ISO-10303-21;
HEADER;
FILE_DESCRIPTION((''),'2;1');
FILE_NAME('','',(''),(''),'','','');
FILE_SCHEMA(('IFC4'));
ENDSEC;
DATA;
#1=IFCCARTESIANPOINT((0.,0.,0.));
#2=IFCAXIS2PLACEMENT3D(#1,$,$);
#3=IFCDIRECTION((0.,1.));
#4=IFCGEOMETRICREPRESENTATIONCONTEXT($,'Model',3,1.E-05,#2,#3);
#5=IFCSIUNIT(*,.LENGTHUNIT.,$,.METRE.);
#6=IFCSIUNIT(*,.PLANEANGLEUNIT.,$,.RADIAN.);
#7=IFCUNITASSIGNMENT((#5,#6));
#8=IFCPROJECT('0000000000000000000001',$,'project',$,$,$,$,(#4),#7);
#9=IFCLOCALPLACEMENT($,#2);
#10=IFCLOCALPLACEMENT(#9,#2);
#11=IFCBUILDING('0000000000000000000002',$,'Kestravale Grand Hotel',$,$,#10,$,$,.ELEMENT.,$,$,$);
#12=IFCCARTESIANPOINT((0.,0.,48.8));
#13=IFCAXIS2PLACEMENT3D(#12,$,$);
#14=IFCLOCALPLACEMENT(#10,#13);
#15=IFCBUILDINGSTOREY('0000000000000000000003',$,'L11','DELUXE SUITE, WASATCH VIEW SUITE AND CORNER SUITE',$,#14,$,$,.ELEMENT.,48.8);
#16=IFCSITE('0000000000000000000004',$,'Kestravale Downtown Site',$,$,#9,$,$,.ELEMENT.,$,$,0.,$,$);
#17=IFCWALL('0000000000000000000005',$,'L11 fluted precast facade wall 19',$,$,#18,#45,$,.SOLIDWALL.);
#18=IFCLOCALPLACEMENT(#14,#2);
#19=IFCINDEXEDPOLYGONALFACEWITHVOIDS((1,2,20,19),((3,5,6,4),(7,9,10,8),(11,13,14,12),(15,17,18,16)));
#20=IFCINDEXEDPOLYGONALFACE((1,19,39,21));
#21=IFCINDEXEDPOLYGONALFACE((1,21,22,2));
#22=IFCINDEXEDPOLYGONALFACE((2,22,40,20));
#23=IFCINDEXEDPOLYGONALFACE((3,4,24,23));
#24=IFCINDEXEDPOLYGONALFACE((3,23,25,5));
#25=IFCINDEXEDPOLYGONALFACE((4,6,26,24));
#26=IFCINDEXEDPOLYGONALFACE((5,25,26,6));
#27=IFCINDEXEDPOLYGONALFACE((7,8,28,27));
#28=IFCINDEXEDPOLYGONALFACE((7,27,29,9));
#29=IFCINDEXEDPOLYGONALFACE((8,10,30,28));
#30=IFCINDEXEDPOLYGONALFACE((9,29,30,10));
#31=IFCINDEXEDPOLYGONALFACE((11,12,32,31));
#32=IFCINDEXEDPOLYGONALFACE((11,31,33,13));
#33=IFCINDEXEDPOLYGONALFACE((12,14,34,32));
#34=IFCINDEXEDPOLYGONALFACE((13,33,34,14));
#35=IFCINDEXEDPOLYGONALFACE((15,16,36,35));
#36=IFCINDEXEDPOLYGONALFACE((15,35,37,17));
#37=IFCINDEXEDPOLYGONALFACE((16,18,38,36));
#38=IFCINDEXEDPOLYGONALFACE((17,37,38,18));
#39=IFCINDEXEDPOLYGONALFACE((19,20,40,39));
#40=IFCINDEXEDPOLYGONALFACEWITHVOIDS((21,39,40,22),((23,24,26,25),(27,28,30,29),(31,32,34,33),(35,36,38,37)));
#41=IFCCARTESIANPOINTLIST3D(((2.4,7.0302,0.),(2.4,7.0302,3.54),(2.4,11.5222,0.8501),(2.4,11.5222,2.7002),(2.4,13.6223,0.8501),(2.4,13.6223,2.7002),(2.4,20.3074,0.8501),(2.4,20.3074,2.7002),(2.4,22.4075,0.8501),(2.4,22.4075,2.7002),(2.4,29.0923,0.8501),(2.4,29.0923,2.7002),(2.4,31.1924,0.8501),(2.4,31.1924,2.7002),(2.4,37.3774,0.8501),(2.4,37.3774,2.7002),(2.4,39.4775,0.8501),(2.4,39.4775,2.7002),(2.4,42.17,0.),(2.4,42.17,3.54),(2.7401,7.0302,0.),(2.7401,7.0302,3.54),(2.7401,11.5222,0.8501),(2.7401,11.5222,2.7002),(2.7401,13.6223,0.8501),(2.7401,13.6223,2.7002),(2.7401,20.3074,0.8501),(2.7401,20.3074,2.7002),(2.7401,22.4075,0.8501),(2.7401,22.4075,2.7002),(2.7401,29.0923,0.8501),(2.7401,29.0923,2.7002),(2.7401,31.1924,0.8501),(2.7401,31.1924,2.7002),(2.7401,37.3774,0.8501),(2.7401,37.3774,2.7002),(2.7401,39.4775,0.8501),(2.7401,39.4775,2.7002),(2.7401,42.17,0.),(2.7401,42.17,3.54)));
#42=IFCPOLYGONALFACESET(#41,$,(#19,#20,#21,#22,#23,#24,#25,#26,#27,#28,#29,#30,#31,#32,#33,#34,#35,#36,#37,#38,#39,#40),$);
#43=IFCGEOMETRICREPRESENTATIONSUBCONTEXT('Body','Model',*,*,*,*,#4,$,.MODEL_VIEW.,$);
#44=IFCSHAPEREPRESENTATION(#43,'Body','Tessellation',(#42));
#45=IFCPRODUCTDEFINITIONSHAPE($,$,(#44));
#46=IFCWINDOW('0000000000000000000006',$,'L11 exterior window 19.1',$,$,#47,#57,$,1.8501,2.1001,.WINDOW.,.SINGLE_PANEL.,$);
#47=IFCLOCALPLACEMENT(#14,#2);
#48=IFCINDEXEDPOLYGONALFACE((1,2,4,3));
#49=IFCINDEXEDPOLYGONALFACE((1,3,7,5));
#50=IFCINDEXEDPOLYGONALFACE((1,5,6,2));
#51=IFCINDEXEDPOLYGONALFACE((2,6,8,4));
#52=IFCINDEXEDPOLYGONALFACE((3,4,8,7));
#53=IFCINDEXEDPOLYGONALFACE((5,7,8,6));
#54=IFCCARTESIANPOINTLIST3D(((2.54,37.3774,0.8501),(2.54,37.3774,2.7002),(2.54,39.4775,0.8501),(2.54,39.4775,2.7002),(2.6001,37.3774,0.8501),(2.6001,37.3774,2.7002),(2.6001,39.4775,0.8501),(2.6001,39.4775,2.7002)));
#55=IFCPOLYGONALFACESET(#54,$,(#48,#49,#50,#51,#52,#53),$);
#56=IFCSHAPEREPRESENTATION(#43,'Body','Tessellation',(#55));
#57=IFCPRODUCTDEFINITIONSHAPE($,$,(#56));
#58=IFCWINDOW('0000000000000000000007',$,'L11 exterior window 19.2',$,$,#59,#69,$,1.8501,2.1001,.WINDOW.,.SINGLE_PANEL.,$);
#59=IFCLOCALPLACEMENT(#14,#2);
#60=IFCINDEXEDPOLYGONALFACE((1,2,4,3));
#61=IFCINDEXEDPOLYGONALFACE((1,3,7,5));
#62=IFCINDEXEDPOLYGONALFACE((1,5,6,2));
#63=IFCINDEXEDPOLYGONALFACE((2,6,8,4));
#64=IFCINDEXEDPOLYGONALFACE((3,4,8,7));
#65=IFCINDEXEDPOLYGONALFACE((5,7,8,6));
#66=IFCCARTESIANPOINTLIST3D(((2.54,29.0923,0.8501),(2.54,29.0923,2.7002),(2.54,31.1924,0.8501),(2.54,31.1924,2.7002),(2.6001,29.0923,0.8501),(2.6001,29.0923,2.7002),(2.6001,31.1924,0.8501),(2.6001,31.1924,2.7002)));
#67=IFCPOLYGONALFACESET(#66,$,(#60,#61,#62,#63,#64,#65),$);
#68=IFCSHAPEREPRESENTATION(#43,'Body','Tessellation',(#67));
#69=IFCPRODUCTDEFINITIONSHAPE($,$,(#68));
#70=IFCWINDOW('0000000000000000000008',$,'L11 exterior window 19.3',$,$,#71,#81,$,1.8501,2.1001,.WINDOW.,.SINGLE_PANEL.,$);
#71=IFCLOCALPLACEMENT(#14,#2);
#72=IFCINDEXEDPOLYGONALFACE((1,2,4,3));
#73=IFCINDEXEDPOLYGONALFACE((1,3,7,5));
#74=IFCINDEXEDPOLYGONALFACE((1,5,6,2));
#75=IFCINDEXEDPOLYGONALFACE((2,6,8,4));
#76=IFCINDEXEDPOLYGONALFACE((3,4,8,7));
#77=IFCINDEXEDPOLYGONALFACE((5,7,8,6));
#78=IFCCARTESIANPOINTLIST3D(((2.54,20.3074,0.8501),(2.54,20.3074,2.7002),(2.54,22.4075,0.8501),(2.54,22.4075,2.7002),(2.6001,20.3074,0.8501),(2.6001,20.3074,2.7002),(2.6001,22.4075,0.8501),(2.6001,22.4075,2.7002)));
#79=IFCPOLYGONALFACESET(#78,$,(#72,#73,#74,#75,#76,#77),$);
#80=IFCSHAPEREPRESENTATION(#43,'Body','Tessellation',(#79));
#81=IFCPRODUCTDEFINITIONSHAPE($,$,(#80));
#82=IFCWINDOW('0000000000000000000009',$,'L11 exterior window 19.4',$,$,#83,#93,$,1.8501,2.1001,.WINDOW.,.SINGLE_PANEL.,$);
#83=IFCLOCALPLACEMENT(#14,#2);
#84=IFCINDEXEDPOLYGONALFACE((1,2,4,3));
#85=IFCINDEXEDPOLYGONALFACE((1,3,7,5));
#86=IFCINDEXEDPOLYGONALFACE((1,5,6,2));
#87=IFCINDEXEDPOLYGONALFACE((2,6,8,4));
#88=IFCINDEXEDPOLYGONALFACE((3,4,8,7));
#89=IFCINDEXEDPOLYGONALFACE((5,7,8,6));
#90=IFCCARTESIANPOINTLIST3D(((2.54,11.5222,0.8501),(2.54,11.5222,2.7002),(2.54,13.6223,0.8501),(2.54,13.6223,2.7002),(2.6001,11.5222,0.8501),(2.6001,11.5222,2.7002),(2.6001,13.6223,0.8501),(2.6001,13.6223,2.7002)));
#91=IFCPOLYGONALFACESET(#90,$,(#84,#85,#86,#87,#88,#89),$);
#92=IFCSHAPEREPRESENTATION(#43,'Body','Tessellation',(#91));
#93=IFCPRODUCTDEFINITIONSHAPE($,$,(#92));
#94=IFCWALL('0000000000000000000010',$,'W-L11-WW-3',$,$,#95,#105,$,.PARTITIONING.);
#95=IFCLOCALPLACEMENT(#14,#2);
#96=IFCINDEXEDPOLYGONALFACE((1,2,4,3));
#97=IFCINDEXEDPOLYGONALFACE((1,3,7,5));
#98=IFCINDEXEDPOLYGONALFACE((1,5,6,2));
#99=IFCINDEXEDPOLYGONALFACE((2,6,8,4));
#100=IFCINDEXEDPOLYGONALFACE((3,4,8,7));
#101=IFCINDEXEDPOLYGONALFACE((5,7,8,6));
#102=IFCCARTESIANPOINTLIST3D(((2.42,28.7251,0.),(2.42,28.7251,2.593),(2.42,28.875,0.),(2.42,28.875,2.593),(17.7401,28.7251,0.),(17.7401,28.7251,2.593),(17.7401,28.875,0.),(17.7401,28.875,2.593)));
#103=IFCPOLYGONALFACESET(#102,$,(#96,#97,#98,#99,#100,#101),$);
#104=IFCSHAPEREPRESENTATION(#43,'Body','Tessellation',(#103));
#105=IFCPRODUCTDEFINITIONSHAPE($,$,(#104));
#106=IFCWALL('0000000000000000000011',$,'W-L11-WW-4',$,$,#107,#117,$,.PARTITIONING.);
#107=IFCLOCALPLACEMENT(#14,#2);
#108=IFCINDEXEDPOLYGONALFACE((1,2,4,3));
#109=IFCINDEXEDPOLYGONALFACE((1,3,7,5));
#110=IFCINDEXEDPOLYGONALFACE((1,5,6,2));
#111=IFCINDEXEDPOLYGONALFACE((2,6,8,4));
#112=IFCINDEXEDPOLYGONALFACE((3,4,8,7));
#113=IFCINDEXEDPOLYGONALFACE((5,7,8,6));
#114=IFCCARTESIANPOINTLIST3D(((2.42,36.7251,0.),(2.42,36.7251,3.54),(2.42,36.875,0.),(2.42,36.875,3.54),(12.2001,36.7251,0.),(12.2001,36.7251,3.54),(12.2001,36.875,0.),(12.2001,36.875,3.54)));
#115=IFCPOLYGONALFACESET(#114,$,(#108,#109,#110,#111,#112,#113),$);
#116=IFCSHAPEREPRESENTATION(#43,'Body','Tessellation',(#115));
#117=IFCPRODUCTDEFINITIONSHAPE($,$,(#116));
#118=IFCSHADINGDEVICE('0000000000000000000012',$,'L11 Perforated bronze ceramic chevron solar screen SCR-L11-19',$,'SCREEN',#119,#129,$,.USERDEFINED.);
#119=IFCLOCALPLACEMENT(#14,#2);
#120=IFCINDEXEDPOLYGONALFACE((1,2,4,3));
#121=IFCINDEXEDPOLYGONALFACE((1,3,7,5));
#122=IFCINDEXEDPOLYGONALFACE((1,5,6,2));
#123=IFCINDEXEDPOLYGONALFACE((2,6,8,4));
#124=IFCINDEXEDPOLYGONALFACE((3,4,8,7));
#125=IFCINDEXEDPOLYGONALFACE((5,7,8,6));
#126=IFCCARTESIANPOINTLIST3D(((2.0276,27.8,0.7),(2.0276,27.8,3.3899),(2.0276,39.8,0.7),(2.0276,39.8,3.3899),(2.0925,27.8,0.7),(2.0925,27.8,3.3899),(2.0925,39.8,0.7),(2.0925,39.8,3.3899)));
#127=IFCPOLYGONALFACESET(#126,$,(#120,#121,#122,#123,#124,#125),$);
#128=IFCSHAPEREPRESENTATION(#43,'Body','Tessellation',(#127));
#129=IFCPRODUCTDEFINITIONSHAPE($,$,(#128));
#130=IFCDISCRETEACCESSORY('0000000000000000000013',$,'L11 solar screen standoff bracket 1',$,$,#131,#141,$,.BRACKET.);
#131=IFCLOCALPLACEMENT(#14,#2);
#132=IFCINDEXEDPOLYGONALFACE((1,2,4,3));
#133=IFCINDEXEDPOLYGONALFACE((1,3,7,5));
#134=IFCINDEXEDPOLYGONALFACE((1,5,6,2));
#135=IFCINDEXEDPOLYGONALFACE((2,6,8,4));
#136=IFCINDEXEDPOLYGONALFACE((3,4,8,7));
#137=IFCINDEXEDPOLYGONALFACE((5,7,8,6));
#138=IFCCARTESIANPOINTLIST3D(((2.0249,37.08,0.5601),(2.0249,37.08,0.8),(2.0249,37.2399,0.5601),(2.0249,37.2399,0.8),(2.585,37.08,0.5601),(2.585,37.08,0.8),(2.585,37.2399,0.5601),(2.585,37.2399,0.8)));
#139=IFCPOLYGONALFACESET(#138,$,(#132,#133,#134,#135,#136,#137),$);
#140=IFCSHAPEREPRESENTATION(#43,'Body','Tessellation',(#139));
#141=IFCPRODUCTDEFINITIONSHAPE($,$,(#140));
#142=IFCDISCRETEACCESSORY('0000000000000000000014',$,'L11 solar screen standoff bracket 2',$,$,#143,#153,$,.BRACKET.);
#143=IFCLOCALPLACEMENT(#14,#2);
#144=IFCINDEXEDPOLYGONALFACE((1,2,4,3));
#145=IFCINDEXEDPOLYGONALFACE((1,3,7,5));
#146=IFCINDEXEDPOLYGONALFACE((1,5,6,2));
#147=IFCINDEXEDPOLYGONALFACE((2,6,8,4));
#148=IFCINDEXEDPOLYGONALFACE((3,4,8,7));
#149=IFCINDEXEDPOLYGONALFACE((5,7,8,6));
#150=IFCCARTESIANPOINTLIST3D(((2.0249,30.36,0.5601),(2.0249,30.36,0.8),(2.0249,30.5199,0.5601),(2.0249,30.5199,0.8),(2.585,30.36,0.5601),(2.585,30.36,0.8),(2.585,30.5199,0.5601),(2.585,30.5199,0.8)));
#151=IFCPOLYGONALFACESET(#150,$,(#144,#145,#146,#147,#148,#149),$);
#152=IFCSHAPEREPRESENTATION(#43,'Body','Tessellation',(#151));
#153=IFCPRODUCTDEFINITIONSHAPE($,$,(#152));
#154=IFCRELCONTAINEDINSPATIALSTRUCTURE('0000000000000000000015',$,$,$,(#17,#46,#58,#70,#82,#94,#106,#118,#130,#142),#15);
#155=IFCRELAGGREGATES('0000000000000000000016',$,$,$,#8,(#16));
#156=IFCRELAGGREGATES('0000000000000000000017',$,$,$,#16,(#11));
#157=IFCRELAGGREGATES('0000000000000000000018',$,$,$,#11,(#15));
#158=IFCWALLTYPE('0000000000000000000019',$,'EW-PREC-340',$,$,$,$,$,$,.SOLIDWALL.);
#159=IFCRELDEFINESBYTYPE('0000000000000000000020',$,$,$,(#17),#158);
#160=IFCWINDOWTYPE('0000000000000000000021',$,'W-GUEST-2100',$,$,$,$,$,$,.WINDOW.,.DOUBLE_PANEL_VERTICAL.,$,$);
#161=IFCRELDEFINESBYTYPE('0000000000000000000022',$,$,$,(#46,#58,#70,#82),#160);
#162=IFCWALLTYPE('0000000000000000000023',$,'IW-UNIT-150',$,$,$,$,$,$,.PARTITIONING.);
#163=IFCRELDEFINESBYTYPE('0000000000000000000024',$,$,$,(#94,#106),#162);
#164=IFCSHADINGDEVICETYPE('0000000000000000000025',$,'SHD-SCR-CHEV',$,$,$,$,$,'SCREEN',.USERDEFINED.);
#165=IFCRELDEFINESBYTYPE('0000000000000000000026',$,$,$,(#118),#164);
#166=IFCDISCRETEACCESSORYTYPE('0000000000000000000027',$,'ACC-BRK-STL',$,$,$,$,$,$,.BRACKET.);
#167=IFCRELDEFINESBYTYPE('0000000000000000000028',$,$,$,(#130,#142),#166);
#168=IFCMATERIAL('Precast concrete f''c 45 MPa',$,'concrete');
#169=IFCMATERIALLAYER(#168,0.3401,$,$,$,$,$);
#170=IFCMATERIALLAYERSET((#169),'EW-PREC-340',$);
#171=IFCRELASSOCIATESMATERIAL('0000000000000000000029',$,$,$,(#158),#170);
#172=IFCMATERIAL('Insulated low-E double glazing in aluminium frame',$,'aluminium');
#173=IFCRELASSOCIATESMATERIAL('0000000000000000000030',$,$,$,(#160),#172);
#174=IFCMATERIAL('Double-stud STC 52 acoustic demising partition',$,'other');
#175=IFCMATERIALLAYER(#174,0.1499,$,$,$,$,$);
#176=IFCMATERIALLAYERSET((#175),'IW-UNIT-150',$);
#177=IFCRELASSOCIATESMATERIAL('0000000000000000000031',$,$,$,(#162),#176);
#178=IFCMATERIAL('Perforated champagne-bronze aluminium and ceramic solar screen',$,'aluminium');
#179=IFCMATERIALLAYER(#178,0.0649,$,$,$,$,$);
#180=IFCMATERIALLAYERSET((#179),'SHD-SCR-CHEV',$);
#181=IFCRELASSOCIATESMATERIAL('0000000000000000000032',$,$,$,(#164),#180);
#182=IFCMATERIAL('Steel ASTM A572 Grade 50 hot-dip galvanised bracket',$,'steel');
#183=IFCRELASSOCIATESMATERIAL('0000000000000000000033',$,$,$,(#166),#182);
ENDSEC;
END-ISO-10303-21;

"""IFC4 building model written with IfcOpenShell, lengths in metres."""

from ifc_helpers import new_model, si_unit, direction, frame, frame_2d, origin, origin_2d, place, context, subcontext, project, spatial, rectangle, extrude, material, layer, layer_set, type_object, element, fill, save


model = new_model("IFC4")

# Units and contexts
model_context = context("Model", 3, precision=1e-05, world=origin(), true_north=direction((0.0, 1.0)))
body_context = subcontext(model_context, "Body", "Model", "MODEL_VIEW")
ifc_project = project(units=[si_unit("LENGTHUNIT", "METRE"), si_unit("PLANEANGLEUNIT", "RADIAN")], contexts=[model_context])

# Site, building, storey
site_placement = place(None, origin())
site = spatial("IfcSite", under=ifc_project, at=site_placement, Name="Kestravale Downtown Site", CompositionType="ELEMENT", RefElevation=0.0)
building_placement = place(site_placement, origin())
building = spatial("IfcBuilding", under=site, at=building_placement, Name="Kestravale Grand Hotel", CompositionType="ELEMENT")
storey_placement = place(building_placement, frame((0.0, 0.0, 48.8)))
storey = spatial("IfcBuildingStorey", under=building, at=storey_placement, Name="L11", Description="DELUXE SUITE, WASATCH VIEW SUITE AND CORNER SUITE", CompositionType="ELEMENT", Elevation=48.8)

# Wall, openings, windows
ifc_material_1 = material(Name="Precast concrete f'c 45 MPa", Category="concrete")
ifc_layer_1 = layer(ifc_material_1, 0.3401)
ifc_layer_set_1 = layer_set([ifc_layer_1], Name="EW-PREC-340")
wall_type_1 = type_object("IfcWallType", Name="EW-PREC-340", PredefinedType="SOLIDWALL", material=ifc_layer_set_1)
wall_1_placement = place(storey_placement, frame((2.5701, 42.1699, 0.0), z_axis=(0.0, 0.0, 1.0), x_axis=(0.0, -1.0, 0.0)))
wall_1 = element("IfcWall", 1, at=wall_1_placement, inside=storey, type_object=wall_type_1, Name="L11 fluted precast facade wall 19", PredefinedType="SOLIDWALL", context=body_context, shape_type="SweptSolid", body=[
    extrude(rectangle(XDim=35.1399, YDim=0.3401, at=frame_2d((17.5698, 0.0))), origin(), (0.0, 0.0, 1.0), 3.54),
])
opening_1_placement = place(wall_1_placement, frame((2.6924, 0.0, 0.8501)))
opening_1 = element("IfcOpeningElement", 2, at=opening_1_placement, cuts=wall_1, PredefinedType="OPENING", context=body_context, shape_type="SweptSolid", body=[
    extrude(rectangle(XDim=2.1001, YDim=1.8501, at=frame_2d((1.05, 0.925))), frame((0.0, 0.1799, 0.0), z_axis=(0.0, -1.0, 0.0), x_axis=(1.0, 0.0, 0.0)), (0.0, 0.0, 1.0), 0.3601),
])
opening_2_placement = place(wall_1_placement, frame((10.9775, 0.0, 0.8501)))
opening_2 = element("IfcOpeningElement", 3, at=opening_2_placement, cuts=wall_1, PredefinedType="OPENING", context=body_context, shape_type="SweptSolid", body=[
    extrude(rectangle(XDim=2.1001, YDim=1.8501, at=frame_2d((1.05, 0.925))), frame((0.0, 0.1799, 0.0), z_axis=(0.0, -1.0, 0.0), x_axis=(1.0, 0.0, 0.0)), (0.0, 0.0, 1.0), 0.3601),
])
opening_3_placement = place(wall_1_placement, frame((19.7625, 0.0, 0.8501)))
opening_3 = element("IfcOpeningElement", 4, at=opening_3_placement, cuts=wall_1, PredefinedType="OPENING", context=body_context, shape_type="SweptSolid", body=[
    extrude(rectangle(XDim=2.1001, YDim=1.8501, at=frame_2d((1.05, 0.925))), frame((0.0, 0.1799, 0.0), z_axis=(0.0, -1.0, 0.0), x_axis=(1.0, 0.0, 0.0)), (0.0, 0.0, 1.0), 0.3601),
])
opening_4_placement = place(wall_1_placement, frame((28.5476, 0.0, 0.8501)))
opening_4 = element("IfcOpeningElement", 5, at=opening_4_placement, cuts=wall_1, PredefinedType="OPENING", context=body_context, shape_type="SweptSolid", body=[
    extrude(rectangle(XDim=2.1001, YDim=1.8501, at=frame_2d((1.05, 0.925))), frame((0.0, 0.1799, 0.0), z_axis=(0.0, -1.0, 0.0), x_axis=(1.0, 0.0, 0.0)), (0.0, 0.0, 1.0), 0.3601),
])
ifc_material_2 = material(Name="Insulated low-E double glazing in aluminium frame", Category="aluminium")
window_type = type_object("IfcWindowType", Name="W-GUEST-2100", PartitioningType="DOUBLE_PANEL_VERTICAL", PredefinedType="WINDOW", material=ifc_material_2)
window_1_placement = place(opening_1_placement, origin())
window_1 = element("IfcWindow", 6, at=window_1_placement, inside=storey, type_object=window_type, Name="L11 exterior window 19.1", OverallHeight=1.8501, OverallWidth=2.1001, PartitioningType="SINGLE_PANEL", PredefinedType="WINDOW", context=body_context, shape_type="SweptSolid", body=[
    extrude(rectangle(XDim=2.1001, YDim=1.8501, at=frame_2d((1.05, 0.925))), frame((0.0, 0.03, 0.0), z_axis=(0.0, -1.0, 0.0), x_axis=(1.0, 0.0, 0.0)), (0.0, 0.0, 1.0), 0.0601),
])
fill(opening_1, window_1)
window_2_placement = place(opening_2_placement, origin())
window_2 = element("IfcWindow", 7, at=window_2_placement, inside=storey, type_object=window_type, Name="L11 exterior window 19.2", OverallHeight=1.8501, OverallWidth=2.1001, PartitioningType="SINGLE_PANEL", PredefinedType="WINDOW", context=body_context, shape_type="SweptSolid", body=[
    extrude(rectangle(XDim=2.1001, YDim=1.8501, at=frame_2d((1.05, 0.925))), frame((0.0, 0.03, 0.0), z_axis=(0.0, -1.0, 0.0), x_axis=(1.0, 0.0, 0.0)), (0.0, 0.0, 1.0), 0.0601),
])
fill(opening_2, window_2)
window_3_placement = place(opening_3_placement, origin())
window_3 = element("IfcWindow", 8, at=window_3_placement, inside=storey, type_object=window_type, Name="L11 exterior window 19.3", OverallHeight=1.8501, OverallWidth=2.1001, PartitioningType="SINGLE_PANEL", PredefinedType="WINDOW", context=body_context, shape_type="SweptSolid", body=[
    extrude(rectangle(XDim=2.1001, YDim=1.8501, at=frame_2d((1.05, 0.925))), frame((0.0, 0.03, 0.0), z_axis=(0.0, -1.0, 0.0), x_axis=(1.0, 0.0, 0.0)), (0.0, 0.0, 1.0), 0.0601),
])
fill(opening_3, window_3)
window_4_placement = place(opening_4_placement, origin())
window_4 = element("IfcWindow", 9, at=window_4_placement, inside=storey, type_object=window_type, Name="L11 exterior window 19.4", OverallHeight=1.8501, OverallWidth=2.1001, PartitioningType="SINGLE_PANEL", PredefinedType="WINDOW", context=body_context, shape_type="SweptSolid", body=[
    extrude(rectangle(XDim=2.1001, YDim=1.8501, at=frame_2d((1.05, 0.925))), frame((0.0, 0.03, 0.0), z_axis=(0.0, -1.0, 0.0), x_axis=(1.0, 0.0, 0.0)), (0.0, 0.0, 1.0), 0.0601),
])
fill(opening_4, window_4)

# Walls
ifc_material_3 = material(Name="Double-stud STC 52 acoustic demising partition", Category="other")
ifc_layer_2 = layer(ifc_material_3, 0.1499)
ifc_layer_set_2 = layer_set([ifc_layer_2], Name="IW-UNIT-150")
wall_type_2 = type_object("IfcWallType", Name="IW-UNIT-150", PredefinedType="PARTITIONING", material=ifc_layer_set_2)
wall_2_placement = place(storey_placement, frame((2.4199, 28.8, 0.0), z_axis=(0.0, 0.0, 1.0), x_axis=(1.0, 0.0, 0.0)))
element("IfcWall", 10, at=wall_2_placement, inside=storey, type_object=wall_type_2, Name="W-L11-WW-3", PredefinedType="PARTITIONING", context=body_context, shape_type="SweptSolid", body=[
    extrude(rectangle(XDim=15.3201, YDim=0.1499, at=frame_2d((7.6602, 0.0))), origin(), (0.0, 0.0, 1.0), 2.593),
])
wall_3_placement = place(storey_placement, frame((2.4199, 36.8, 0.0), z_axis=(0.0, 0.0, 1.0), x_axis=(1.0, 0.0, 0.0)))
element("IfcWall", 11, at=wall_3_placement, inside=storey, type_object=wall_type_2, Name="W-L11-WW-4", PredefinedType="PARTITIONING", context=body_context, shape_type="SweptSolid", body=[
    extrude(rectangle(XDim=9.78, YDim=0.1499, at=frame_2d((4.8901, 0.0))), origin(), (0.0, 0.0, 1.0), 3.54),
])

# Shading device
ifc_material_4 = material(Name="Perforated champagne-bronze aluminium and ceramic solar screen", Category="aluminium")
ifc_layer_3 = layer(ifc_material_4, 0.0649)
ifc_layer_set_3 = layer_set([ifc_layer_3], Name="SHD-SCR-CHEV")
shading_device_type = type_object("IfcShadingDeviceType", Name="SHD-SCR-CHEV", ElementType="SCREEN", PredefinedType="USERDEFINED", material=ifc_layer_set_3)
shading_device_placement = place(storey_placement, frame((2.0601, 33.8, 0.7), z_axis=(0.0, 0.0, 1.0), x_axis=(0.0, -1.0, 0.0)))
element("IfcShadingDevice", 12, at=shading_device_placement, inside=storey, type_object=shading_device_type, Name="L11 Perforated bronze ceramic chevron solar screen SCR-L11-19", ObjectType="SCREEN", PredefinedType="USERDEFINED", context=body_context, shape_type="SweptSolid", body=[
    extrude(rectangle(XDim=12.0, YDim=0.0649, at=origin_2d()), origin(), (0.0, 0.0, 1.0), 2.6899),
])

# Discrete accessories
ifc_material_5 = material(Name="Steel ASTM A572 Grade 50 hot-dip galvanised bracket", Category="steel")
discrete_accessory_type = type_object("IfcDiscreteAccessoryType", Name="ACC-BRK-STL", PredefinedType="BRACKET", material=ifc_material_5)
for number, where, z_axis, x_axis, name in (
    (13, (2.3049, 37.1599, 0.5601), (0.0, 0.0, 1.0), (0.0, -1.0, 0.0), "L11 solar screen standoff bracket 1"),
    (14, (2.3049, 30.4399, 0.5601), (0.0, 0.0, 1.0), (0.0, -1.0, 0.0), "L11 solar screen standoff bracket 2"),
):
    element("IfcDiscreteAccessory", number, at=place(storey_placement, frame(where, z_axis=z_axis, x_axis=x_axis)), inside=storey, type_object=discrete_accessory_type, Name=name, PredefinedType="BRACKET", context=body_context, shape_type="SweptSolid", body=[
        extrude(rectangle(XDim=0.1599, YDim=0.5601, at=origin_2d()), origin(), (0.0, 0.0, 1.0), 0.24),
    ])

save(model, "model.ifc")
